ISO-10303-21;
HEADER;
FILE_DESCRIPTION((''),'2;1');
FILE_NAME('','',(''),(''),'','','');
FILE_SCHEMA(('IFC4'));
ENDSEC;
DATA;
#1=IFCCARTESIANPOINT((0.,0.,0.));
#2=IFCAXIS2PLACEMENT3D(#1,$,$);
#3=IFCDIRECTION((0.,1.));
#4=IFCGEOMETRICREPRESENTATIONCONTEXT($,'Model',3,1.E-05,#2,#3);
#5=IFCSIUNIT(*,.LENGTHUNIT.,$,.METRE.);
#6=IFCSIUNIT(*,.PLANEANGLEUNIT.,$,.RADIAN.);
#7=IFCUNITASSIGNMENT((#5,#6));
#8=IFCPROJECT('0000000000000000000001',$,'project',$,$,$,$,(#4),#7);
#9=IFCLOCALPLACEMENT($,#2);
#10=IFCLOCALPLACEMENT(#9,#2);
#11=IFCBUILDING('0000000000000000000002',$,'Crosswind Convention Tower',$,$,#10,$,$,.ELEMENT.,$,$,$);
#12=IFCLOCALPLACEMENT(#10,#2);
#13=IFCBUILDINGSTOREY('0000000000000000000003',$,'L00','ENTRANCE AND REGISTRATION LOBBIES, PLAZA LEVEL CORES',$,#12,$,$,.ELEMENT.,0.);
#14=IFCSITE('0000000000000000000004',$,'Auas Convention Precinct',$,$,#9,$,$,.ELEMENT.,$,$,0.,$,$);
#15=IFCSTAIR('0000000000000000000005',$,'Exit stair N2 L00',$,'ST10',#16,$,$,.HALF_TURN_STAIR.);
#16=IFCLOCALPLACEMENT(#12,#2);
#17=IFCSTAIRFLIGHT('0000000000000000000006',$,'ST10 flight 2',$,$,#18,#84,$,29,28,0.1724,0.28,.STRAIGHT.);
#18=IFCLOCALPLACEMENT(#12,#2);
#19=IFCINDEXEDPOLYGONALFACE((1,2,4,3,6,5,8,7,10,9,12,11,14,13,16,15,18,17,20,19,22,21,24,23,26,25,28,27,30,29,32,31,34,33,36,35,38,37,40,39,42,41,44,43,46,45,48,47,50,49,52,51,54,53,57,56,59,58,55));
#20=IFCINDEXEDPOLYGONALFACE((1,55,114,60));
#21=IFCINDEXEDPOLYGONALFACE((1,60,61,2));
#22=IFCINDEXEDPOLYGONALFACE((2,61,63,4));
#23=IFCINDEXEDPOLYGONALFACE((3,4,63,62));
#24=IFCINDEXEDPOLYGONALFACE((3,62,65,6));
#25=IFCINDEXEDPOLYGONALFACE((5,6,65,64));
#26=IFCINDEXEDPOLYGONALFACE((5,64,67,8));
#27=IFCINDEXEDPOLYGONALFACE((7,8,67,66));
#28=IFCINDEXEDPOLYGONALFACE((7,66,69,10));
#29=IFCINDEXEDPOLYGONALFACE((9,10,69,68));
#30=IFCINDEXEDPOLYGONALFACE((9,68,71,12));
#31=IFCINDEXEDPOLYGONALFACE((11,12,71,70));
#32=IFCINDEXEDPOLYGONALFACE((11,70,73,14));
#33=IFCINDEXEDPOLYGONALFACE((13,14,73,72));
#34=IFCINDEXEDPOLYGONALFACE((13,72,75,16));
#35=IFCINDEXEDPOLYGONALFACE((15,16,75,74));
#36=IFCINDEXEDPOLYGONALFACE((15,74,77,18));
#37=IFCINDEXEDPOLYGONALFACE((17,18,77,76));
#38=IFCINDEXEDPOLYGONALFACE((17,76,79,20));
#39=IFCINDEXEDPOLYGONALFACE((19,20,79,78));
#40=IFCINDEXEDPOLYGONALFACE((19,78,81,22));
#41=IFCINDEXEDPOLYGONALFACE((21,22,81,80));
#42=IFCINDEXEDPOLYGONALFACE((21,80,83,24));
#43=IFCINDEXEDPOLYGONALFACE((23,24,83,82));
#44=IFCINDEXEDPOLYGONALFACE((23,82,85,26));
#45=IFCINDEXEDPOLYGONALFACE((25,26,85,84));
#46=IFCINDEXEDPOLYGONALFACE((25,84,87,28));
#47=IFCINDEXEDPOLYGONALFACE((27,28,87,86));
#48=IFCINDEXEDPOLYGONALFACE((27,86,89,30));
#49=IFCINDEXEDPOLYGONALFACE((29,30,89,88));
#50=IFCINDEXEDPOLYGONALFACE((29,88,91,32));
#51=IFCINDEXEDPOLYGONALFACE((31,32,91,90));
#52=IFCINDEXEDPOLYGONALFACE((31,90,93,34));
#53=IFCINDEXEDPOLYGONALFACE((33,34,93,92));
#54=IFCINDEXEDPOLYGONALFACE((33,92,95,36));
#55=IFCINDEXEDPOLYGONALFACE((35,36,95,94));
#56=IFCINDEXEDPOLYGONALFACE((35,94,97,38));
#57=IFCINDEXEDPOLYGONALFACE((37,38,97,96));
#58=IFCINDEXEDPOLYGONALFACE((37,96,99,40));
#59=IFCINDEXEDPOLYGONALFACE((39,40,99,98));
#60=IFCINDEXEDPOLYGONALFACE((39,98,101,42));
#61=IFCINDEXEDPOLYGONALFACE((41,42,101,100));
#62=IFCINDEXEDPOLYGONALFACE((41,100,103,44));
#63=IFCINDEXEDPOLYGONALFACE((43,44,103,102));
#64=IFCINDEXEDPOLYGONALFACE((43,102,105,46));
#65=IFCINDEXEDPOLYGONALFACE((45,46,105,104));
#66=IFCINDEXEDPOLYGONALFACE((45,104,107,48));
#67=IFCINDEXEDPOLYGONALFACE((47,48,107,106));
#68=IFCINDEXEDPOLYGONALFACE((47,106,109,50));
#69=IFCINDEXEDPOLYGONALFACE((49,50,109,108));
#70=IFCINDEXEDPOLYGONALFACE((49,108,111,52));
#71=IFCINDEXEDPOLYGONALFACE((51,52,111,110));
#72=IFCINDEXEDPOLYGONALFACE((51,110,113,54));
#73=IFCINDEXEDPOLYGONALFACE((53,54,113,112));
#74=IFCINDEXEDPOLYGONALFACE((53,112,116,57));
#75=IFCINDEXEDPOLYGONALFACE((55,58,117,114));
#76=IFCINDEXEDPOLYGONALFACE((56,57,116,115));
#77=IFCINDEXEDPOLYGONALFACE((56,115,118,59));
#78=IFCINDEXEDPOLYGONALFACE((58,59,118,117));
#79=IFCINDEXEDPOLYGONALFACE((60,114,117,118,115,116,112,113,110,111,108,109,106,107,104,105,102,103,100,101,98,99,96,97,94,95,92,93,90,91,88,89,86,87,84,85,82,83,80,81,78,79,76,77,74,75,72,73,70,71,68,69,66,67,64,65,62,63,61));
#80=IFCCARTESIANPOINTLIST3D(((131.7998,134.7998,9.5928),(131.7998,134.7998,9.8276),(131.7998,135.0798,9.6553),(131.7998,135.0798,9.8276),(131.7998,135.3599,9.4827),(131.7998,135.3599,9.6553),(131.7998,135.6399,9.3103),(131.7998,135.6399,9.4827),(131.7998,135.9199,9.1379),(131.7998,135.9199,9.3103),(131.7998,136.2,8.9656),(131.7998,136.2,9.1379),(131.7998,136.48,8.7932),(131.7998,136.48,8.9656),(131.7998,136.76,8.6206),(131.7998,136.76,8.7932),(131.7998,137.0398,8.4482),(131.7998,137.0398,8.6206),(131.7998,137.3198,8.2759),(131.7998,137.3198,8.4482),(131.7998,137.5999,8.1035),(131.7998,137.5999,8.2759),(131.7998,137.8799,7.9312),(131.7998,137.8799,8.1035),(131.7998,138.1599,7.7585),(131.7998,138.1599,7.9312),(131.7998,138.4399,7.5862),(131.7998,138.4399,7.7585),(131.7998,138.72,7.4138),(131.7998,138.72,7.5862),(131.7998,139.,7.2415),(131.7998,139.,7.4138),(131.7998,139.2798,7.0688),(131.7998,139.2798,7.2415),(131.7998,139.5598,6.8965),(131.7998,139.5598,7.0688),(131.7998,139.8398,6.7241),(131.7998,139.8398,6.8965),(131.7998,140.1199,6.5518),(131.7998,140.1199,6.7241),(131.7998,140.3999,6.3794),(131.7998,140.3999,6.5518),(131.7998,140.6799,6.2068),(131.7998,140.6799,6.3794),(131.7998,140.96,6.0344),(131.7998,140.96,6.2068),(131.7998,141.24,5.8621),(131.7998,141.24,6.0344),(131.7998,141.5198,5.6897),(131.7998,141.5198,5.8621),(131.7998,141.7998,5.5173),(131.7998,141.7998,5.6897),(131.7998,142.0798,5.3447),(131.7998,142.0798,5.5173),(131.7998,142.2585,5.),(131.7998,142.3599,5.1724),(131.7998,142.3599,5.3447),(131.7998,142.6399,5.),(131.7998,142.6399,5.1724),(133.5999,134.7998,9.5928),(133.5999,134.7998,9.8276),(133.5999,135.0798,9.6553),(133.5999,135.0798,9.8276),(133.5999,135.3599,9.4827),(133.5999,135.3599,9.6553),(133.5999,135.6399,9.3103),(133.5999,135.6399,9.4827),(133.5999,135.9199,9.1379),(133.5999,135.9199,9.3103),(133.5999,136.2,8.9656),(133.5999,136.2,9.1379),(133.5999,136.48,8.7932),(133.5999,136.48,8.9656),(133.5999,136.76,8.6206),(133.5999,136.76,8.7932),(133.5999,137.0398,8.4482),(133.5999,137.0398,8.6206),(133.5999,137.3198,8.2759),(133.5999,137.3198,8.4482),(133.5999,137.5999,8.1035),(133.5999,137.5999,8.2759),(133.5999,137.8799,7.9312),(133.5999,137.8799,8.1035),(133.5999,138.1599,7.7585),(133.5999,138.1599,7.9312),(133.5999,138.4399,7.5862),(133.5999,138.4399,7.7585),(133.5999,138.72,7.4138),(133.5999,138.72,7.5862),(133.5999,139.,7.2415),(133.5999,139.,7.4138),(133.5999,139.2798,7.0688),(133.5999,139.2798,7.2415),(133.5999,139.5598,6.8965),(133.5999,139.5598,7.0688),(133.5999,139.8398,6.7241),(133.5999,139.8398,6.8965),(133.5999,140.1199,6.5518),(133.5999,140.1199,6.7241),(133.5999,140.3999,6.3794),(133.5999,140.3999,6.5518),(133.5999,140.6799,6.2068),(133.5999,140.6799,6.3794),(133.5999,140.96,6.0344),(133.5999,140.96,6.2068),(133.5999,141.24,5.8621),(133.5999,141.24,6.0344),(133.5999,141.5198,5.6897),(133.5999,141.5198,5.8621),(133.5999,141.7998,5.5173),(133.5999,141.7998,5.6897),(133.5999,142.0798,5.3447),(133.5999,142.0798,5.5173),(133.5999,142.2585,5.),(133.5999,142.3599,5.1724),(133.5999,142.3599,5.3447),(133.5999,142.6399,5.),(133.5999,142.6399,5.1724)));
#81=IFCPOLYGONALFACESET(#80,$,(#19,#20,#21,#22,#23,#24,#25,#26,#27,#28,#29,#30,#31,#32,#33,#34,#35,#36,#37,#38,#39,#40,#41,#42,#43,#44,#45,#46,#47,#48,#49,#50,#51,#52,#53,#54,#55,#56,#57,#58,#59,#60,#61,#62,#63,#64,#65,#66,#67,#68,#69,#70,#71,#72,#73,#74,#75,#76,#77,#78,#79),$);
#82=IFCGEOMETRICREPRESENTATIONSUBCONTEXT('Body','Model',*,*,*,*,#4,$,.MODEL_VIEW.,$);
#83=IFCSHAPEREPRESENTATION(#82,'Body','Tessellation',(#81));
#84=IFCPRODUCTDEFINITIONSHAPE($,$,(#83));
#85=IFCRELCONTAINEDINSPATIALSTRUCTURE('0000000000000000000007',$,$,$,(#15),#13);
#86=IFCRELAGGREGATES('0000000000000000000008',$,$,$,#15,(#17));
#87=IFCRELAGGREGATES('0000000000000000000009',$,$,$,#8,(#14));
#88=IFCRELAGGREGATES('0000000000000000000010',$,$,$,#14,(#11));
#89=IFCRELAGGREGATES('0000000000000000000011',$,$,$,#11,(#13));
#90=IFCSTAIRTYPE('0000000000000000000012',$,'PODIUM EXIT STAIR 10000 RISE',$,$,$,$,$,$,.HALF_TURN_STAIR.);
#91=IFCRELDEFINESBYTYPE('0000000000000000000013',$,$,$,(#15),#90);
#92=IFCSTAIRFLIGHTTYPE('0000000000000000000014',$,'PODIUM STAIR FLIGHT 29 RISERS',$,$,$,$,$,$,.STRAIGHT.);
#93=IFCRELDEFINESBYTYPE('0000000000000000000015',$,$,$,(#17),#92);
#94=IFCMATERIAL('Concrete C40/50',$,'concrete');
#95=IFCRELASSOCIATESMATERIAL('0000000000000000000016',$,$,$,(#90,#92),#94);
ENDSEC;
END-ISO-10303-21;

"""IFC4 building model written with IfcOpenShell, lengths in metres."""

from ifc_helpers import new_model, si_unit, direction, frame, origin, place, context, subcontext, project, spatial, polyline, outline, extrude, material, type_object, element, aggregate, save


model = new_model("IFC4")

# Units and contexts
model_context = context("Model", 3, precision=1e-05, world=origin(), true_north=direction((0.0, 1.0)))
body_context = subcontext(model_context, "Body", "Model", "MODEL_VIEW")
ifc_project = project(units=[si_unit("LENGTHUNIT", "METRE"), si_unit("PLANEANGLEUNIT", "RADIAN")], contexts=[model_context])

# Site, building, storey
site_placement = place(None, origin())
site = spatial("IfcSite", under=ifc_project, at=site_placement, Name="Auas Convention Precinct", CompositionType="ELEMENT", RefElevation=0.0)
building_placement = place(site_placement, origin())
building = spatial("IfcBuilding", under=site, at=building_placement, Name="Crosswind Convention Tower", CompositionType="ELEMENT")
storey_placement = place(building_placement, origin())
storey = spatial("IfcBuildingStorey", under=building, at=storey_placement, Name="L00", Description="ENTRANCE AND REGISTRATION LOBBIES, PLAZA LEVEL CORES", CompositionType="ELEMENT", Elevation=0.0)

# Shared definitions
ifc_material_1 = material(Name="Concrete C40/50", Category="concrete")

# Stair, stair flight
stair_type = type_object("IfcStairType", Name="PODIUM EXIT STAIR 10000 RISE", PredefinedType="HALF_TURN_STAIR", material=ifc_material_1)
stair_placement = place(storey_placement, origin())
stair = element("IfcStair", 1, at=stair_placement, inside=storey, type_object=stair_type, Name="Exit stair N2 L00", ObjectType="ST10", PredefinedType="HALF_TURN_STAIR")
stair_flight_type = type_object("IfcStairFlightType", Name="PODIUM STAIR FLIGHT 29 RISERS", PredefinedType="STRAIGHT", material=ifc_material_1)
stair_flight_1_placement = place(storey_placement, frame((132.7, 142.6399, 5.0), z_axis=(0.0, 0.0, 1.0), x_axis=(0.0, -1.0, 0.0)))
stair_flight_1 = element("IfcStairFlight", 2, at=stair_flight_1_placement, type_object=stair_flight_type, Name="ST10 flight 2", NumberOfRisers=29, NumberOfTreads=28, PredefinedType="STRAIGHT", RiserHeight=0.1724, TreadLength=0.28, context=body_context, shape_type="SweptSolid", body=[
    extrude(outline(polyline([(0.0, 0.0), (0.0, 0.1724), (0.28, 0.1724), (0.28, 0.3447), (0.5601, 0.3447), (0.5601, 0.5173), (0.8401, 0.5173), (0.8401, 0.6897), (1.1201, 0.6897), (1.1201, 0.8621), (1.3999, 0.8621), (1.3999, 1.0344), (1.6799, 1.0344), (1.6799, 1.2068), (1.96, 1.2068), (1.96, 1.3794), (2.24, 1.3794), (2.24, 1.5518), (2.52, 1.5518), (2.52, 1.7241), (2.8, 1.7241), (2.8, 1.8965), (3.0801, 1.8965), (3.0801, 2.0688), (3.3601, 2.0688), (3.3601, 2.2415), (3.6399, 2.2415), (3.6399, 2.4138), (3.9199, 2.4138), (3.9199, 2.5862), (4.2, 2.5862), (4.2, 2.7585), (4.48, 2.7585), (4.48, 2.9312), (4.76, 2.9312), (4.76, 3.1035), (5.04, 3.1035), (5.04, 3.2759), (5.3201, 3.2759), (5.3201, 3.4482), (5.6001, 3.4482), (5.6001, 3.6206), (5.8799, 3.6206), (5.8799, 3.7932), (6.1599, 3.7932), (6.1599, 3.9656), (6.4399, 3.9656), (6.4399, 4.1379), (6.72, 4.1379), (6.72, 4.3103), (7.0, 4.3103), (7.0, 4.4827), (7.28, 4.4827), (7.28, 4.6553), (7.5601, 4.6553), (7.5601, 4.8276), (7.8401, 4.8276), (7.8401, 5.0), (7.8401, 4.5928), (0.3813, 0.0), (0.0, 0.0)])), frame((0.0, 0.8999, 0.0), z_axis=(0.0, -1.0, 0.0), x_axis=(1.0, 0.0, 0.0)), (0.0, 0.0, 1.0), 1.8),
])
aggregate(stair, [stair_flight_1])

save(model, "model.ifc")
